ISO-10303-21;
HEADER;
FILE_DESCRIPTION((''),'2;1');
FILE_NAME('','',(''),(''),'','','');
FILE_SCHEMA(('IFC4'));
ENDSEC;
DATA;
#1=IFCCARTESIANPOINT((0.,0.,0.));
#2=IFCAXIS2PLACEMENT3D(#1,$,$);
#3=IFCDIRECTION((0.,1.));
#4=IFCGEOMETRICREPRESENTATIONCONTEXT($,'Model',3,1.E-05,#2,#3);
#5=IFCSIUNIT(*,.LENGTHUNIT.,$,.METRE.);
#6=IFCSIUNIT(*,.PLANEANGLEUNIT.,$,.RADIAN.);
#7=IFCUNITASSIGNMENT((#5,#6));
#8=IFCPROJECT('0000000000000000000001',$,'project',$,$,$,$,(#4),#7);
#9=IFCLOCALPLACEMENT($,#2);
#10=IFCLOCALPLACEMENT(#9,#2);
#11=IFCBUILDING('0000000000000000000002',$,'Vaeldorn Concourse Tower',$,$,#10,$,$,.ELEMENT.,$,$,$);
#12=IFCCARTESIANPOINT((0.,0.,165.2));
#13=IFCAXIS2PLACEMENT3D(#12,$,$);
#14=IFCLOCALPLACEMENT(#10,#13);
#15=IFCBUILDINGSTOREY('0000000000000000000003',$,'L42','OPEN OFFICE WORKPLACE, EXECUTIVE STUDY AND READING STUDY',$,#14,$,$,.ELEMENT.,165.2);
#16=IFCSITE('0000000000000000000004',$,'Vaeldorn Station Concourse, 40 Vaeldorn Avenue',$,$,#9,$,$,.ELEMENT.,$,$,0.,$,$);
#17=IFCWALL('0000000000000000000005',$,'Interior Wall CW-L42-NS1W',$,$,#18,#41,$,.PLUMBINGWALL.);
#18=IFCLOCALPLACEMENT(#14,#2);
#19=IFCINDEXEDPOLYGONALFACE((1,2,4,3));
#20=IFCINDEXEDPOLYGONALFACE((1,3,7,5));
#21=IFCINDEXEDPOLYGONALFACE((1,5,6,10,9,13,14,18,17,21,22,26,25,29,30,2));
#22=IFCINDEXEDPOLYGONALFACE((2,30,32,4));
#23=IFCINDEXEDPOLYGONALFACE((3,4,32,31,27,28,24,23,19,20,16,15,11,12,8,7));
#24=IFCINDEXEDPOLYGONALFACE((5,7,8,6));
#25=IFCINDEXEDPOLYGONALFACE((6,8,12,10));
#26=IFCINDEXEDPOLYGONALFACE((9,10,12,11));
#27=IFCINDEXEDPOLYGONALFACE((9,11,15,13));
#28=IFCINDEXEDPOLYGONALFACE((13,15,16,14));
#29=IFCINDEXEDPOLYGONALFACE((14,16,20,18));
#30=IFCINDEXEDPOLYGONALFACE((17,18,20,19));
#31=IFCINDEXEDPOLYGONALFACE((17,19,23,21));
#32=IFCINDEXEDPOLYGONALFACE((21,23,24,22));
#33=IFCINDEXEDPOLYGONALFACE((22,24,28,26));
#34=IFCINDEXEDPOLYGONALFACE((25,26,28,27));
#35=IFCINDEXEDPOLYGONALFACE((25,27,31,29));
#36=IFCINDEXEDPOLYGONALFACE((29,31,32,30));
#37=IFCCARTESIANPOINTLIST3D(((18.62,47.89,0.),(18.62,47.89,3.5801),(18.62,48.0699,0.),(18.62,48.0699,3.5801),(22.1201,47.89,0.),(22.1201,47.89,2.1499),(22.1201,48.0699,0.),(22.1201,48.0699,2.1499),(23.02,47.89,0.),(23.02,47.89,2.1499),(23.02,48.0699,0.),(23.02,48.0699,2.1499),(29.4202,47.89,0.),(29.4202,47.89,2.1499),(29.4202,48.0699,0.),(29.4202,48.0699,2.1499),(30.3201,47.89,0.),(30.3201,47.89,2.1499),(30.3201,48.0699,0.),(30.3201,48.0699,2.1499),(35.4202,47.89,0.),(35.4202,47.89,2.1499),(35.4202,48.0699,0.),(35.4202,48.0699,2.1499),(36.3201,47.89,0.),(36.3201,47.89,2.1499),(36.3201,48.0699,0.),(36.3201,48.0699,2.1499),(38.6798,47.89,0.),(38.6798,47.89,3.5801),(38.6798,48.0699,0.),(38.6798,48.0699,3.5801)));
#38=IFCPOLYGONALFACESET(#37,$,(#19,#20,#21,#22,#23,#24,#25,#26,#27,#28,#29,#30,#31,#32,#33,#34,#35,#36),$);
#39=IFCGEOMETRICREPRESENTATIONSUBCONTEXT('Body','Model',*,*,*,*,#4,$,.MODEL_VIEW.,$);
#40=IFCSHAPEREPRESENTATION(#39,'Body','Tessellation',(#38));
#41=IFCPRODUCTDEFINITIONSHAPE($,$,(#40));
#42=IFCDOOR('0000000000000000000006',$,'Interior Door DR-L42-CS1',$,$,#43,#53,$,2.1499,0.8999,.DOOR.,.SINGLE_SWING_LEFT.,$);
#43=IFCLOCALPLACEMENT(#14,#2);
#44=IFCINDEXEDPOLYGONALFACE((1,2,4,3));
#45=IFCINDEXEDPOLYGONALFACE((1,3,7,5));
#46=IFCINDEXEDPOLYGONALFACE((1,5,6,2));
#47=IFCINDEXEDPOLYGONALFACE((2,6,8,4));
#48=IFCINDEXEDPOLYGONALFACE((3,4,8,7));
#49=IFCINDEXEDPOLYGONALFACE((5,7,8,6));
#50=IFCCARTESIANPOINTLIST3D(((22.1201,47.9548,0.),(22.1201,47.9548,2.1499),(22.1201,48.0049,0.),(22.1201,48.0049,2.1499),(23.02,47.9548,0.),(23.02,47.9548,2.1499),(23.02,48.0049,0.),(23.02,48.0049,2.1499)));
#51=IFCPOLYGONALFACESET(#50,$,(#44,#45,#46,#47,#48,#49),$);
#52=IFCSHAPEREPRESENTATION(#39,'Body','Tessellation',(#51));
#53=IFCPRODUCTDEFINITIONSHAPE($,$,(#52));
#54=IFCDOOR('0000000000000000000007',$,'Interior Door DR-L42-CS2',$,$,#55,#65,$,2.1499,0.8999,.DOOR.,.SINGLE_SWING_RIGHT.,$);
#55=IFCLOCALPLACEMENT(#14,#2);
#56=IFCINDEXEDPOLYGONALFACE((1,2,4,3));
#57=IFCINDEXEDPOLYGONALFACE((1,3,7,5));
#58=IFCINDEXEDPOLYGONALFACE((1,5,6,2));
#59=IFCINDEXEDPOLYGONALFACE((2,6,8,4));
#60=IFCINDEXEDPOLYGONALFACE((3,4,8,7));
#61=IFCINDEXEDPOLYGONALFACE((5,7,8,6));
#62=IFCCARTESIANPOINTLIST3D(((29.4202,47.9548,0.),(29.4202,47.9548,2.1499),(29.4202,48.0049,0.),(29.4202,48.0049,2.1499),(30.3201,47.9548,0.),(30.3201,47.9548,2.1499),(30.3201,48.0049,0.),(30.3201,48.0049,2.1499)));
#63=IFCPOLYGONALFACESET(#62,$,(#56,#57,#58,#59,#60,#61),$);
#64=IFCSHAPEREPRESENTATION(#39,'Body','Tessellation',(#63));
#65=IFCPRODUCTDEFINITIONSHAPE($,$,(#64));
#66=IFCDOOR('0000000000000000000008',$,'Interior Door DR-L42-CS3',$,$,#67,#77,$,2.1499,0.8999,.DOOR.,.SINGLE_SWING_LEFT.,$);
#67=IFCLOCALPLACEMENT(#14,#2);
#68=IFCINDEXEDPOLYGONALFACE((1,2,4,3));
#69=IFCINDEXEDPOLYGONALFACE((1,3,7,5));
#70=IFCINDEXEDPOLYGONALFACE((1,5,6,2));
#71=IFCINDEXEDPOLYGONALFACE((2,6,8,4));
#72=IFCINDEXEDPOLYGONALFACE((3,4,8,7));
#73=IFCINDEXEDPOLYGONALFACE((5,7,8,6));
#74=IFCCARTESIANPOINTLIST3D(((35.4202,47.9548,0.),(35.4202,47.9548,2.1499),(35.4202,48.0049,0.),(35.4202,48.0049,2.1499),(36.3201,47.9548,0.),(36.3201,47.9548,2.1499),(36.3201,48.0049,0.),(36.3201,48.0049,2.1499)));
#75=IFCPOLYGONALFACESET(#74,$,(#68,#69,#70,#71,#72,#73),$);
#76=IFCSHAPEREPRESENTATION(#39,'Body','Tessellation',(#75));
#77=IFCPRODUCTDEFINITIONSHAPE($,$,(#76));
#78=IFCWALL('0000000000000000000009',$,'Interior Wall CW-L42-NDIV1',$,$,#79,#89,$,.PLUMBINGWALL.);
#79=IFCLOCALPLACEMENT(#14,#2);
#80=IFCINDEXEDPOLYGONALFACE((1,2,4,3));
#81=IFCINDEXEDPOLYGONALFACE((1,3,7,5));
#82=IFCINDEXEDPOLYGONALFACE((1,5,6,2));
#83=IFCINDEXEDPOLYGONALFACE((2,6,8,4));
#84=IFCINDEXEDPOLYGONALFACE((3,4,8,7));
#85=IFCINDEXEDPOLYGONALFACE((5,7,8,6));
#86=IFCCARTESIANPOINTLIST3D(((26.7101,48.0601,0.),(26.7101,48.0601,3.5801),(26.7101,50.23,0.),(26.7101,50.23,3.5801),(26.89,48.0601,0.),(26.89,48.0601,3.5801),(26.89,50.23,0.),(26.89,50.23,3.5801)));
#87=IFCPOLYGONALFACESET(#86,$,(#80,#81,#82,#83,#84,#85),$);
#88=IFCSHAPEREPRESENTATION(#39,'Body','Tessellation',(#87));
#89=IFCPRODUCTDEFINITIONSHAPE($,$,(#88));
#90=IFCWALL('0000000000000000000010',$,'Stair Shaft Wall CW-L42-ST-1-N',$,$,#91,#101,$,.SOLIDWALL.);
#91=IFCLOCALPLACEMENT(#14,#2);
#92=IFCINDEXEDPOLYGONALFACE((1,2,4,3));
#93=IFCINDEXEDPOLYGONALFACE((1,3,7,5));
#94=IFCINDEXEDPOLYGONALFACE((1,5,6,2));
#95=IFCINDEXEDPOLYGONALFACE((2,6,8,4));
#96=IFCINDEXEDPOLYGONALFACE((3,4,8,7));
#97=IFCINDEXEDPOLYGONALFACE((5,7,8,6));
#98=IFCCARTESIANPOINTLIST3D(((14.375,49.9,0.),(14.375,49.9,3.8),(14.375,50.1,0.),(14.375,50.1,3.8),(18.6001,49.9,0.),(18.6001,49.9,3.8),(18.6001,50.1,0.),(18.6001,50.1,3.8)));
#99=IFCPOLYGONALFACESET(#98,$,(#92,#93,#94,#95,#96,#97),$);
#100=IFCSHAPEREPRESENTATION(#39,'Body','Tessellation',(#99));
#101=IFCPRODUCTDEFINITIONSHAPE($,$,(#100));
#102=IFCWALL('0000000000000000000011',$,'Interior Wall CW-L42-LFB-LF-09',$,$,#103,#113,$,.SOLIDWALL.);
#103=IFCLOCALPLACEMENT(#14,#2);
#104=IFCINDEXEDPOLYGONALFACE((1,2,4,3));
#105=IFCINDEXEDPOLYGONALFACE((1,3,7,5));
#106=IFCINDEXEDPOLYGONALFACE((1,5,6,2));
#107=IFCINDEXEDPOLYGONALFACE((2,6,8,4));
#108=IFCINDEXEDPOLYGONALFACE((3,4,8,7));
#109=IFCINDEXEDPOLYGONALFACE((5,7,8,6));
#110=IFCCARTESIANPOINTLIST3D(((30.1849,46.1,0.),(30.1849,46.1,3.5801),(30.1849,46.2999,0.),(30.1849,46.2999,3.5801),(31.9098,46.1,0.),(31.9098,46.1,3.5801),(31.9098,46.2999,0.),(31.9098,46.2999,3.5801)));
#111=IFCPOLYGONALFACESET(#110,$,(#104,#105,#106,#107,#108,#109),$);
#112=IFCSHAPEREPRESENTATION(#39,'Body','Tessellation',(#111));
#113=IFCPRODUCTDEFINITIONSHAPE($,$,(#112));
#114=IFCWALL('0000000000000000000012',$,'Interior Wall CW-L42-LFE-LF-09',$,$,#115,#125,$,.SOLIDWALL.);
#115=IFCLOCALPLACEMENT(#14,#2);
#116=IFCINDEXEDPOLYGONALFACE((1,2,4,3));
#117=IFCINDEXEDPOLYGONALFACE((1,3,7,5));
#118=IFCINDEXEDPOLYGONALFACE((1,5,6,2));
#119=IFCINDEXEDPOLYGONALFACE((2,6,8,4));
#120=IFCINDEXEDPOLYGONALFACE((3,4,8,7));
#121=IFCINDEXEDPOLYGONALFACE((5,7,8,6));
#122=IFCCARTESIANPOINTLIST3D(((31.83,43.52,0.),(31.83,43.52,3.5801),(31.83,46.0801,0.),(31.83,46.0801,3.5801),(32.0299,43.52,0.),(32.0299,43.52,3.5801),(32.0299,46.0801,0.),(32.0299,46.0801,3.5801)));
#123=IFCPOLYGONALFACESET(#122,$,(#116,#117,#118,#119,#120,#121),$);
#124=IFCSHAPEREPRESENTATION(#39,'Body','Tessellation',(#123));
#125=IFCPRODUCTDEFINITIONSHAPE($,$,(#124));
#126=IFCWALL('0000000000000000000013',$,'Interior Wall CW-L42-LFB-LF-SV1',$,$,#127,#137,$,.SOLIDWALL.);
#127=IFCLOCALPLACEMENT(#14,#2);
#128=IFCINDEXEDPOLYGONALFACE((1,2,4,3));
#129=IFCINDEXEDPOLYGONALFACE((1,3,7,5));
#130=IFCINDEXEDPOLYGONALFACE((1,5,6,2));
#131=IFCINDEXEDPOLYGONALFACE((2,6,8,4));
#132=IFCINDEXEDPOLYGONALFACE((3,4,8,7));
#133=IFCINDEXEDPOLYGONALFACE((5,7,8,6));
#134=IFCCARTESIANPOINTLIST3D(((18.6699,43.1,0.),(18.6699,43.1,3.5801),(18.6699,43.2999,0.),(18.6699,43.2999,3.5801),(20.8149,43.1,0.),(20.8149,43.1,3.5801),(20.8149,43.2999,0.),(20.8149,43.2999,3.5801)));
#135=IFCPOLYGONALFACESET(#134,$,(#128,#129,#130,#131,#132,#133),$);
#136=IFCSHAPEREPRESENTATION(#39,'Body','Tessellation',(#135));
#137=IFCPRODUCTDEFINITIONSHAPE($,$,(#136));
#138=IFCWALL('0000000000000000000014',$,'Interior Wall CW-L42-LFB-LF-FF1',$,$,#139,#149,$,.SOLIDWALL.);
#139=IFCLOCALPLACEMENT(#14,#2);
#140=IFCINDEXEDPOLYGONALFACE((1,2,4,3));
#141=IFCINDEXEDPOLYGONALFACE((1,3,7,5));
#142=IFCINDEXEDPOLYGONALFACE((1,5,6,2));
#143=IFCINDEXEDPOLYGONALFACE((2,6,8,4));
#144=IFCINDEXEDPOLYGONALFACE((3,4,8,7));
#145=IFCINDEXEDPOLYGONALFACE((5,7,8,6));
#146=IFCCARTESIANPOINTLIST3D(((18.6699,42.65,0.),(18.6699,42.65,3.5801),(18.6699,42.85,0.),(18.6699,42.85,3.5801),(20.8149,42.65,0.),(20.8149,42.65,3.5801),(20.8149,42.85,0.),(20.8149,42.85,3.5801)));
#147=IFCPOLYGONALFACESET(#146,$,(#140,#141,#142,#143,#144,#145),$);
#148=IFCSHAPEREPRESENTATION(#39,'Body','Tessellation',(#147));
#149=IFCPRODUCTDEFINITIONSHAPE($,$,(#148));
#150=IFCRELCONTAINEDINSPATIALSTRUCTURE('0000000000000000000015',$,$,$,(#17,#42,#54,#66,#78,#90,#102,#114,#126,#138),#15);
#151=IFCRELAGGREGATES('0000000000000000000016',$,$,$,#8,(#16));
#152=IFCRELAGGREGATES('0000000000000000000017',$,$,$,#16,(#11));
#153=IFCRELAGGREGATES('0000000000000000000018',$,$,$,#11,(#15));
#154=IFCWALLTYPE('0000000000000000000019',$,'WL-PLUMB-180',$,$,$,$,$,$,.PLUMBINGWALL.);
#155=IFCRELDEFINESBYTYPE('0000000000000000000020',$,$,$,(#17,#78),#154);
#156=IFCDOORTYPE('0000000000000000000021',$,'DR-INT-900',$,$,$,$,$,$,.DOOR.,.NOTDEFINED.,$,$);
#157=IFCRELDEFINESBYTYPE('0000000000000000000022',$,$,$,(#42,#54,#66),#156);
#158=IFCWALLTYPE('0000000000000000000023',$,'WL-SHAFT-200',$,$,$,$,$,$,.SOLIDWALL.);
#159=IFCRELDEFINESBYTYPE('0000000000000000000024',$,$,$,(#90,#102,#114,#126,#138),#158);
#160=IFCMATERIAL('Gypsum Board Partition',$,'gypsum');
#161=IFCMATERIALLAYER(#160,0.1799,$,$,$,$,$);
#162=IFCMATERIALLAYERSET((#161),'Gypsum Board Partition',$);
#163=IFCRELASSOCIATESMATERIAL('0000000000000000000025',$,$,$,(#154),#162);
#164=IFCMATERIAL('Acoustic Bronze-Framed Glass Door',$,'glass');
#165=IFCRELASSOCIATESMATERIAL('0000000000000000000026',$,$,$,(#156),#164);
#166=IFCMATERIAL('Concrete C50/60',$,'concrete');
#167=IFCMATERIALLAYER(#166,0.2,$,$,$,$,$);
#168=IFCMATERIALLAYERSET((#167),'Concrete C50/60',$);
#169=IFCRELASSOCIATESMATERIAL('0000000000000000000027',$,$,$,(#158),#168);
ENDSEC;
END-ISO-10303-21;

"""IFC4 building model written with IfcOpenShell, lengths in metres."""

from ifc_helpers import new_model, si_unit, direction, frame, frame_2d, origin, place, context, subcontext, project, spatial, rectangle, extrude, source, transform, mapped, material, layer, layer_set, type_object, element, fill, save


model = new_model("IFC4")

# Units and contexts
model_context = context("Model", 3, precision=1e-05, world=origin(), true_north=direction((0.0, 1.0)))
body_context = subcontext(model_context, "Body", "Model", "MODEL_VIEW")
ifc_project = project(units=[si_unit("LENGTHUNIT", "METRE"), si_unit("PLANEANGLEUNIT", "RADIAN")], contexts=[model_context])

# Site, building, storey
site_placement = place(None, origin())
site = spatial("IfcSite", under=ifc_project, at=site_placement, Name="Vaeldorn Station Concourse, 40 Vaeldorn Avenue", CompositionType="ELEMENT", RefElevation=0.0)
building_placement = place(site_placement, origin())
building = spatial("IfcBuilding", under=site, at=building_placement, Name="Vaeldorn Concourse Tower", CompositionType="ELEMENT")
storey_placement = place(building_placement, frame((0.0, 0.0, 165.2)))
storey = spatial("IfcBuildingStorey", under=building, at=storey_placement, Name="L42", Description="OPEN OFFICE WORKPLACE, EXECUTIVE STUDY AND READING STUDY", CompositionType="ELEMENT", Elevation=165.2)

# Shared definitions
ifc_material_1 = material(Name="Gypsum Board Partition", Category="gypsum")

# Wall, openings, doors
ifc_layer_1 = layer(ifc_material_1, 0.1799)
ifc_layer_set_1 = layer_set([ifc_layer_1], Name="Gypsum Board Partition")
wall_type_1 = type_object("IfcWallType", Name="WL-PLUMB-180", PredefinedType="PLUMBINGWALL", material=ifc_layer_set_1)
wall_1_placement = place(storey_placement, frame((18.6201, 47.98, 0.0), z_axis=(0.0, 0.0, 1.0), x_axis=(1.0, 0.0, 0.0)))
wall_1 = element("IfcWall", 1, at=wall_1_placement, inside=storey, type_object=wall_type_1, Name="Interior Wall CW-L42-NS1W", PredefinedType="PLUMBINGWALL", context=body_context, shape_type="SweptSolid", body=[
    extrude(rectangle(XDim=20.0598, YDim=0.1799, at=frame_2d((10.0298, 0.0))), origin(), (0.0, 0.0, 1.0), 3.5801),
])
opening_1_placement = place(wall_1_placement, frame((3.5, 0.0, 0.0)))
opening_1 = element("IfcOpeningElement", 2, at=opening_1_placement, cuts=wall_1, PredefinedType="OPENING", context=body_context, shape_type="SweptSolid", body=[
    extrude(rectangle(XDim=0.8999, YDim=2.1499, at=frame_2d((0.45, 1.075))), frame((0.0, 0.1001, 0.0), z_axis=(0.0, -1.0, 0.0), x_axis=(1.0, 0.0, 0.0)), (0.0, 0.0, 1.0), 0.2),
])
opening_2_placement = place(wall_1_placement, frame((10.8, 0.0, 0.0)))
opening_2 = element("IfcOpeningElement", 3, at=opening_2_placement, cuts=wall_1, PredefinedType="OPENING", context=body_context, shape_type="SweptSolid", body=[
    extrude(rectangle(XDim=0.8999, YDim=2.1499, at=frame_2d((0.45, 1.075))), frame((0.0, 0.1001, 0.0), z_axis=(0.0, -1.0, 0.0), x_axis=(1.0, 0.0, 0.0)), (0.0, 0.0, 1.0), 0.2),
])
opening_3_placement = place(wall_1_placement, frame((16.8, 0.0, 0.0)))
opening_3 = element("IfcOpeningElement", 4, at=opening_3_placement, cuts=wall_1, PredefinedType="OPENING", context=body_context, shape_type="SweptSolid", body=[
    extrude(rectangle(XDim=0.8999, YDim=2.1499, at=frame_2d((0.45, 1.075))), frame((0.0, 0.1001, 0.0), z_axis=(0.0, -1.0, 0.0), x_axis=(1.0, 0.0, 0.0)), (0.0, 0.0, 1.0), 0.2),
])
ifc_material_2 = material(Name="Acoustic Bronze-Framed Glass Door", Category="glass")
door_type_1 = type_object("IfcDoorType", Name="DR-INT-900", OperationType="NOTDEFINED", PredefinedType="DOOR", material=ifc_material_2)
shared_shape_1 = source(origin(), body_context, "Body", "SweptSolid", [
    extrude(rectangle(XDim=0.8999, YDim=2.1499, at=frame_2d((0.45, 1.075))), frame((0.0, 0.0249, 0.0), z_axis=(0.0, -1.0, 0.0), x_axis=(1.0, 0.0, 0.0)), (0.0, 0.0, 1.0), 0.05),
])
door_1_placement = place(opening_1_placement, origin())
door_1 = element("IfcDoor", 5, at=door_1_placement, inside=storey, type_object=door_type_1, Name="Interior Door DR-L42-CS1", OperationType="SINGLE_SWING_LEFT", OverallHeight=2.1499, OverallWidth=0.8999, PredefinedType="DOOR", context=body_context, shape_type="MappedRepresentation", body=[
    mapped(shared_shape_1, transform((0.0, 0.0, 0.0), scale=1.0)),
])
fill(opening_1, door_1)
door_2_placement = place(opening_2_placement, origin())
door_2 = element("IfcDoor", 6, at=door_2_placement, inside=storey, type_object=door_type_1, Name="Interior Door DR-L42-CS2", OperationType="SINGLE_SWING_RIGHT", OverallHeight=2.1499, OverallWidth=0.8999, PredefinedType="DOOR", context=body_context, shape_type="MappedRepresentation", body=[
    mapped(shared_shape_1, transform((0.0, 0.0, 0.0), scale=1.0)),
])
fill(opening_2, door_2)
door_3_placement = place(opening_3_placement, origin())
door_3 = element("IfcDoor", 7, at=door_3_placement, inside=storey, type_object=door_type_1, Name="Interior Door DR-L42-CS3", OperationType="SINGLE_SWING_LEFT", OverallHeight=2.1499, OverallWidth=0.8999, PredefinedType="DOOR", context=body_context, shape_type="MappedRepresentation", body=[
    mapped(shared_shape_1, transform((0.0, 0.0, 0.0), scale=1.0)),
])
fill(opening_3, door_3)

# Walls
wall_2_placement = place(storey_placement, frame((26.8, 48.0601, 0.0), z_axis=(0.0, 0.0, 1.0), x_axis=(0.0, 1.0, 0.0)))
element("IfcWall", 8, at=wall_2_placement, inside=storey, type_object=wall_type_1, Name="Interior Wall CW-L42-NDIV1", PredefinedType="PLUMBINGWALL", context=body_context, shape_type="SweptSolid", body=[
    extrude(rectangle(XDim=2.1699, YDim=0.1799, at=frame_2d((1.085, 0.0))), origin(), (0.0, 0.0, 1.0), 3.5801),
])
ifc_material_3 = material(Name="Concrete C50/60", Category="concrete")
ifc_layer_2 = layer(ifc_material_3, 0.2)
ifc_layer_set_2 = layer_set([ifc_layer_2], Name="Concrete C50/60")
wall_type_2 = type_object("IfcWallType", Name="WL-SHAFT-200", PredefinedType="SOLIDWALL", material=ifc_layer_set_2)
wall_3_placement = place(storey_placement, frame((14.375, 50.0, 0.0), z_axis=(0.0, 0.0, 1.0), x_axis=(1.0, 0.0, 0.0)))
element("IfcWall", 9, at=wall_3_placement, inside=storey, type_object=wall_type_2, Name="Stair Shaft Wall CW-L42-ST-1-N", PredefinedType="SOLIDWALL", context=body_context, shape_type="SweptSolid", body=[
    extrude(rectangle(XDim=4.2251, YDim=0.2, at=frame_2d((2.1125, 0.0))), origin(), (0.0, 0.0, 1.0), 3.8),
])

# Walls
wall_4_placement = place(storey_placement, frame((30.1851, 46.2, 0.0), z_axis=(0.0, 0.0, 1.0), x_axis=(1.0, 0.0, 0.0)))
element("IfcWall", 10, at=wall_4_placement, inside=storey, type_object=wall_type_2, Name="Interior Wall CW-L42-LFB-LF-09", PredefinedType="SOLIDWALL", context=body_context, shape_type="SweptSolid", body=[
    extrude(rectangle(XDim=1.7249, YDim=0.2, at=frame_2d((0.8623, 0.0))), origin(), (0.0, 0.0, 1.0), 3.5801),
])
wall_5_placement = place(storey_placement, frame((31.9299, 43.52, 0.0), z_axis=(0.0, 0.0, 1.0), x_axis=(0.0, 1.0, 0.0)))
element("IfcWall", 11, at=wall_5_placement, inside=storey, type_object=wall_type_2, Name="Interior Wall CW-L42-LFE-LF-09", PredefinedType="SOLIDWALL", context=body_context, shape_type="SweptSolid", body=[
    extrude(rectangle(XDim=2.5601, YDim=0.2, at=frame_2d((1.28, 0.0))), origin(), (0.0, 0.0, 1.0), 3.5801),
])

# Walls
for number, where, z_axis, x_axis, name in (
    (12, (18.6699, 43.2, 0.0), (0.0, 0.0, 1.0), (1.0, 0.0, 0.0), "Interior Wall CW-L42-LFB-LF-SV1"),
    (13, (18.6699, 42.75, 0.0), (0.0, 0.0, 1.0), (1.0, 0.0, 0.0), "Interior Wall CW-L42-LFB-LF-FF1"),
):
    element("IfcWall", number, at=place(storey_placement, frame(where, z_axis=z_axis, x_axis=x_axis)), inside=storey, type_object=wall_type_2, Name=name, PredefinedType="SOLIDWALL", context=body_context, shape_type="SweptSolid", body=[
        extrude(rectangle(XDim=2.145, YDim=0.2, at=frame_2d((1.0725, 0.0))), origin(), (0.0, 0.0, 1.0), 3.5801),
    ])

save(model, "model.ifc")
